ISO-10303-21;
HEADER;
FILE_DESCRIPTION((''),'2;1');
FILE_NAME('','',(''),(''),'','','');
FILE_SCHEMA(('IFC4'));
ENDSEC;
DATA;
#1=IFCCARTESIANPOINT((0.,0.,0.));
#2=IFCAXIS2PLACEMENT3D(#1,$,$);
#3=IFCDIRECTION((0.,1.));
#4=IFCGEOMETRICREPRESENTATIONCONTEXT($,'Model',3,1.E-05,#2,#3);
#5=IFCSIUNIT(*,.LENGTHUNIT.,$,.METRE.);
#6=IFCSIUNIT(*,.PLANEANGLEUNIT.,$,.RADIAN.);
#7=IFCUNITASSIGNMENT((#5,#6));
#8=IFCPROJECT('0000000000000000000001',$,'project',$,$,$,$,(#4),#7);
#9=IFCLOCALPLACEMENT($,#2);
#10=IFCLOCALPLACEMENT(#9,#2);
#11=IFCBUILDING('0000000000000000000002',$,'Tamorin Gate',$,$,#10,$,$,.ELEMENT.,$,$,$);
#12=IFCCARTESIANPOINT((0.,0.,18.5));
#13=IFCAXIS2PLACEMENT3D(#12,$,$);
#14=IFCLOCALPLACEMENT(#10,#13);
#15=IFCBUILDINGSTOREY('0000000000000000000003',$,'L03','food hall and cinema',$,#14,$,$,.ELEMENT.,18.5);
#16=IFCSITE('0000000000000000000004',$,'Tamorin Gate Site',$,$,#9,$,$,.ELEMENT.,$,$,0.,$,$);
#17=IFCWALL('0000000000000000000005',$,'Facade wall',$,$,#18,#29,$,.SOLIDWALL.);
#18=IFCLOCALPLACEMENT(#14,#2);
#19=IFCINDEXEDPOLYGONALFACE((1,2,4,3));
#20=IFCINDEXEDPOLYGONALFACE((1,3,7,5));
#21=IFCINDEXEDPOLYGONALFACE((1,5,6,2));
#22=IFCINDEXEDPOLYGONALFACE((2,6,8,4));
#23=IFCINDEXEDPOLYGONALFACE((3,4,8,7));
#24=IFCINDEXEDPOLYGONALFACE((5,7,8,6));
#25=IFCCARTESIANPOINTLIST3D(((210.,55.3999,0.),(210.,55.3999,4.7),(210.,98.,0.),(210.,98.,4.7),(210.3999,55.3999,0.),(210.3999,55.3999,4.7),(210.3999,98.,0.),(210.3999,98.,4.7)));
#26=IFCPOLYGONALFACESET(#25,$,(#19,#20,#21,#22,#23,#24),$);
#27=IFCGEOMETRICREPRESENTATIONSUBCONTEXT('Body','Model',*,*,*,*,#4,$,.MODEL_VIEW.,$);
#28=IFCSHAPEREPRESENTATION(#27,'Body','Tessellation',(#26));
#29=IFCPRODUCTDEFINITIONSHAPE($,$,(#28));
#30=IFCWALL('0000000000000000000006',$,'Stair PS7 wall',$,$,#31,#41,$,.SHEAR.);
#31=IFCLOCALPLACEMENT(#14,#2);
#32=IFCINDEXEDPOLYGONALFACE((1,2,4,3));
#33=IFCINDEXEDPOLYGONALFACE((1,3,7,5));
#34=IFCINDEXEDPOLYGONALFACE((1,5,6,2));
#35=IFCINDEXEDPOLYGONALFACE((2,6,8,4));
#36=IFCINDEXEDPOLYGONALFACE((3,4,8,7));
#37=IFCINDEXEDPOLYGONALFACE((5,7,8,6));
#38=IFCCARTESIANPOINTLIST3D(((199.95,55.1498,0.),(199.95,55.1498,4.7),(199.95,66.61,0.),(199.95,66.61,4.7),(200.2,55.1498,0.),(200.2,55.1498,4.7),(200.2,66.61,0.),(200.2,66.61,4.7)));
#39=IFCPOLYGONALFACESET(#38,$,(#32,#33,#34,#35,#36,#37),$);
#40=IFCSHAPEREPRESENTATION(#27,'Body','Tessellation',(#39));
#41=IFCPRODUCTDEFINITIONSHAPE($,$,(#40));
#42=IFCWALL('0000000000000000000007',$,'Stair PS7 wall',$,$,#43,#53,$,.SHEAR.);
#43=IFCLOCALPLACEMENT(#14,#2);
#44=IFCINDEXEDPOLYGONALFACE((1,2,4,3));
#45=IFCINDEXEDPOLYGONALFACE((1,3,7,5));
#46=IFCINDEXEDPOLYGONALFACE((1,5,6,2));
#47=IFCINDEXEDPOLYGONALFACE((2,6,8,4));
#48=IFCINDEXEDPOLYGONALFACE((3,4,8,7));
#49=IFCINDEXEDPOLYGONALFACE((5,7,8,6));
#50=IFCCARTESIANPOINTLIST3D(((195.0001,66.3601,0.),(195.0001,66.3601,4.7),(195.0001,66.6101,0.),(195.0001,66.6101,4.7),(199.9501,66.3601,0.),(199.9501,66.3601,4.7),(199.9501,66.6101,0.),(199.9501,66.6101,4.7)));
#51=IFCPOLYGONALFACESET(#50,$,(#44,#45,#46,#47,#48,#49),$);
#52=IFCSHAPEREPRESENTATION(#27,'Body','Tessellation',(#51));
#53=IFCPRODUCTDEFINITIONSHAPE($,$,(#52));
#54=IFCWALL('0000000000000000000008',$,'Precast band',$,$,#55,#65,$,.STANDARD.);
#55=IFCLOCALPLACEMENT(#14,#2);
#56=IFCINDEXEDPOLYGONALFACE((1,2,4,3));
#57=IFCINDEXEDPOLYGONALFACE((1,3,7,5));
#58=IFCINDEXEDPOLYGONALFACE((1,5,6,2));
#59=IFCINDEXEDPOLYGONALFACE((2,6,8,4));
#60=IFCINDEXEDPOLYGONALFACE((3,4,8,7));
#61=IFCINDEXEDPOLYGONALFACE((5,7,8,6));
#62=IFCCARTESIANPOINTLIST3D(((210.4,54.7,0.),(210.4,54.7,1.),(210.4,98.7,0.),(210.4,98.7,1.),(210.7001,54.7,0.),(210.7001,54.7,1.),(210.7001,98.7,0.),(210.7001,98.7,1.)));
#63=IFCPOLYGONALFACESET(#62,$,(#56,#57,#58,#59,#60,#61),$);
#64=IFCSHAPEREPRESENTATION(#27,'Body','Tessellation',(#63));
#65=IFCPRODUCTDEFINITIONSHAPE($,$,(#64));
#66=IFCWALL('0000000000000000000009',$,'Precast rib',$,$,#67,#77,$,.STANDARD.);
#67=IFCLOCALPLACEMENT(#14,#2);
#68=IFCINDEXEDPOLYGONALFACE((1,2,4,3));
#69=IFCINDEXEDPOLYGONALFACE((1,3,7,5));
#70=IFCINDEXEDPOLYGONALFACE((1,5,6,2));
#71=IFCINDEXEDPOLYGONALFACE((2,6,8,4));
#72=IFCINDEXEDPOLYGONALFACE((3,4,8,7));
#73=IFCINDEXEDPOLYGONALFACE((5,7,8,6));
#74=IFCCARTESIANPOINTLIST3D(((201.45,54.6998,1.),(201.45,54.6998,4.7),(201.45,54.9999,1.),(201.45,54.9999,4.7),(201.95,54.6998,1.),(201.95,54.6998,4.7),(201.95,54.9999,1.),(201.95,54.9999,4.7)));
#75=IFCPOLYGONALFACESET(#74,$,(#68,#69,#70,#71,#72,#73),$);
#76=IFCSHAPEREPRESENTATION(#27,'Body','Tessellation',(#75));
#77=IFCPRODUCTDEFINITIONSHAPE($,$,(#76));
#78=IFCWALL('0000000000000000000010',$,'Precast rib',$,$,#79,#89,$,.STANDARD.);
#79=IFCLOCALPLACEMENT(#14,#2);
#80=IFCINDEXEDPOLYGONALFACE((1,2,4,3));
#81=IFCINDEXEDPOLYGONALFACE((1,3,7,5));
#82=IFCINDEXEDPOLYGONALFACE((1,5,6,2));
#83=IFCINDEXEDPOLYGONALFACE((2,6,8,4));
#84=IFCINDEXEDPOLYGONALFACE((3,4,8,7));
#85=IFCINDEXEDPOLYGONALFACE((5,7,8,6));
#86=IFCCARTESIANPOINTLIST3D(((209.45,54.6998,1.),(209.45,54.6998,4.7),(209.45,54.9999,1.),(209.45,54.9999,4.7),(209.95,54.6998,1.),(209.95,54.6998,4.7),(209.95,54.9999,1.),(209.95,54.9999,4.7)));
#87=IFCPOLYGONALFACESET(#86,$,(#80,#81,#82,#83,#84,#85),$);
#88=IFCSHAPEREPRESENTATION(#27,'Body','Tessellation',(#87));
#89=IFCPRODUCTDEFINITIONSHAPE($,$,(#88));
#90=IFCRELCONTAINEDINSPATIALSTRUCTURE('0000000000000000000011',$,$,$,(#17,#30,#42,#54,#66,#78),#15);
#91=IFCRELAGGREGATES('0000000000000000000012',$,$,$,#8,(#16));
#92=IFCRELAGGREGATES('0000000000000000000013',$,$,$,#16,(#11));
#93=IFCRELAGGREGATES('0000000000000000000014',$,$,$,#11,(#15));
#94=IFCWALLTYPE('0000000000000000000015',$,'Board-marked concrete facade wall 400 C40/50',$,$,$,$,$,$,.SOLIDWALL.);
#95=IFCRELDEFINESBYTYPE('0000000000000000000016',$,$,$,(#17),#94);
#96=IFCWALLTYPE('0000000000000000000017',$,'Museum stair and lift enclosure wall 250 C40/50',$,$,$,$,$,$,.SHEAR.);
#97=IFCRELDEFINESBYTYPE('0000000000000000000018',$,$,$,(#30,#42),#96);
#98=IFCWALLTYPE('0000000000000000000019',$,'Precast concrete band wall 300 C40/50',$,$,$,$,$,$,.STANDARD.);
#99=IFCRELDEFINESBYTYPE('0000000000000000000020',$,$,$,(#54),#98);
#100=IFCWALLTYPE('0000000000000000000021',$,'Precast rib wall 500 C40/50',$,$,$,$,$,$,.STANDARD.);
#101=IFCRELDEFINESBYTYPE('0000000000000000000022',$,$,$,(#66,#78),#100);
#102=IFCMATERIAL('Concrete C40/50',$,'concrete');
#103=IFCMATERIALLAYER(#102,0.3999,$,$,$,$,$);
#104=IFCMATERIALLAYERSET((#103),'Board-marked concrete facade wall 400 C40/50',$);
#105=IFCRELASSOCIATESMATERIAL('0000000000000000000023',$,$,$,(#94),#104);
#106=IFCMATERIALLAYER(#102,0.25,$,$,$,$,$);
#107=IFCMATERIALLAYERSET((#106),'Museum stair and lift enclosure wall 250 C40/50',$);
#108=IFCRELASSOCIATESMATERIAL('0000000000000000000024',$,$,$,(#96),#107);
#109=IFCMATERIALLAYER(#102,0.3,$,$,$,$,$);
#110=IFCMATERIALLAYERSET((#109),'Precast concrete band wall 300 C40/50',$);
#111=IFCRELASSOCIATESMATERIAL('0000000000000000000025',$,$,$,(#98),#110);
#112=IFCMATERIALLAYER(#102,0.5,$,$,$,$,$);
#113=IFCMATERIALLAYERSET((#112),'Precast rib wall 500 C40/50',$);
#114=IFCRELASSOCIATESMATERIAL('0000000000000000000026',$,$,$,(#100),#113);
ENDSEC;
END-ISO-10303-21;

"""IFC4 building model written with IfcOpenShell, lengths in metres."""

from ifc_helpers import new_model, si_unit, direction, frame, frame_2d, origin, place, context, subcontext, project, spatial, rectangle, extrude, material, layer, layer_set, type_object, element, save


model = new_model("IFC4")

# Units and contexts
model_context = context("Model", 3, precision=1e-05, world=origin(), true_north=direction((0.0, 1.0)))
body_context = subcontext(model_context, "Body", "Model", "MODEL_VIEW")
ifc_project = project(units=[si_unit("LENGTHUNIT", "METRE"), si_unit("PLANEANGLEUNIT", "RADIAN")], contexts=[model_context])

# Site, building, storey
site_placement = place(None, origin())
site = spatial("IfcSite", under=ifc_project, at=site_placement, Name="Tamorin Gate Site", CompositionType="ELEMENT", RefElevation=0.0)
building_placement = place(site_placement, origin())
building = spatial("IfcBuilding", under=site, at=building_placement, Name="Tamorin Gate", CompositionType="ELEMENT")
storey_placement = place(building_placement, frame((0.0, 0.0, 18.5)))
storey = spatial("IfcBuildingStorey", under=building, at=storey_placement, Name="L03", Description="food hall and cinema", CompositionType="ELEMENT", Elevation=18.5)

# Walls
ifc_material_1 = material(Name="Concrete C40/50", Category="concrete")
ifc_layer_1 = layer(ifc_material_1, 0.3999)
ifc_layer_set_1 = layer_set([ifc_layer_1], Name="Board-marked concrete facade wall 400 C40/50")
wall_type_1 = type_object("IfcWallType", Name="Board-marked concrete facade wall 400 C40/50", PredefinedType="SOLIDWALL", material=ifc_layer_set_1)
wall_1_placement = place(storey_placement, frame((210.2, 55.3999, 0.0), z_axis=(0.0, 0.0, 1.0), x_axis=(0.0, 1.0, 0.0)))
element("IfcWall", 1, at=wall_1_placement, inside=storey, type_object=wall_type_1, Name="Facade wall", PredefinedType="SOLIDWALL", context=body_context, shape_type="SweptSolid", body=[
    extrude(rectangle(XDim=42.6001, YDim=0.3999, at=frame_2d((21.3, 0.0))), origin(), (0.0, 0.0, 1.0), 4.7),
])
ifc_layer_2 = layer(ifc_material_1, 0.25)
ifc_layer_set_2 = layer_set([ifc_layer_2], Name="Museum stair and lift enclosure wall 250 C40/50")
wall_type_2 = type_object("IfcWallType", Name="Museum stair and lift enclosure wall 250 C40/50", PredefinedType="SHEAR", material=ifc_layer_set_2)
wall_2_placement = place(storey_placement, frame((200.075, 55.1499, 0.0), z_axis=(0.0, 0.0, 1.0), x_axis=(0.0, 1.0, 0.0)))
element("IfcWall", 2, at=wall_2_placement, inside=storey, type_object=wall_type_2, Name="Stair PS7 wall", PredefinedType="SHEAR", context=body_context, shape_type="SweptSolid", body=[
    extrude(rectangle(XDim=11.4602, YDim=0.25, at=frame_2d((5.73, 0.0))), origin(), (0.0, 0.0, 1.0), 4.7),
])
wall_3_placement = place(storey_placement, frame((195.0, 66.4851, 0.0), z_axis=(0.0, 0.0, 1.0), x_axis=(1.0, 0.0, 0.0)))
element("IfcWall", 3, at=wall_3_placement, inside=storey, type_object=wall_type_2, Name="Stair PS7 wall", PredefinedType="SHEAR", context=body_context, shape_type="SweptSolid", body=[
    extrude(rectangle(XDim=4.95, YDim=0.25, at=frame_2d((2.4751, 0.0))), origin(), (0.0, 0.0, 1.0), 4.7),
])
ifc_layer_3 = layer(ifc_material_1, 0.3)
ifc_layer_set_3 = layer_set([ifc_layer_3], Name="Precast concrete band wall 300 C40/50")
wall_type_3 = type_object("IfcWallType", Name="Precast concrete band wall 300 C40/50", PredefinedType="STANDARD", material=ifc_layer_set_3)
wall_4_placement = place(storey_placement, frame((210.55, 54.7, 0.0), z_axis=(0.0, 0.0, 1.0), x_axis=(0.0, 1.0, 0.0)))
element("IfcWall", 4, at=wall_4_placement, inside=storey, type_object=wall_type_3, Name="Precast band", PredefinedType="STANDARD", context=body_context, shape_type="SweptSolid", body=[
    extrude(rectangle(XDim=44.0, YDim=0.3, at=frame_2d((22.0, 0.0))), origin(), (0.0, 0.0, 1.0), 1.0),
])
ifc_layer_4 = layer(ifc_material_1, 0.5)
ifc_layer_set_4 = layer_set([ifc_layer_4], Name="Precast rib wall 500 C40/50")
wall_type_4 = type_object("IfcWallType", Name="Precast rib wall 500 C40/50", PredefinedType="STANDARD", material=ifc_layer_set_4)
for number, where, z_axis, x_axis, name in (
    (5, (201.7, 54.7, 1.0), (0.0, 0.0, 1.0), (0.0, 1.0, 0.0), "Precast rib"),
    (6, (209.7, 54.7, 1.0), (0.0, 0.0, 1.0), (0.0, 1.0, 0.0), "Precast rib"),
):
    element("IfcWall", number, at=place(storey_placement, frame(where, z_axis=z_axis, x_axis=x_axis)), inside=storey, type_object=wall_type_4, Name=name, PredefinedType="STANDARD", context=body_context, shape_type="SweptSolid", body=[
        extrude(rectangle(XDim=0.3, YDim=0.5, at=frame_2d((0.1499, 0.0))), origin(), (0.0, 0.0, 1.0), 3.7),
    ])

save(model, "model.ifc")
